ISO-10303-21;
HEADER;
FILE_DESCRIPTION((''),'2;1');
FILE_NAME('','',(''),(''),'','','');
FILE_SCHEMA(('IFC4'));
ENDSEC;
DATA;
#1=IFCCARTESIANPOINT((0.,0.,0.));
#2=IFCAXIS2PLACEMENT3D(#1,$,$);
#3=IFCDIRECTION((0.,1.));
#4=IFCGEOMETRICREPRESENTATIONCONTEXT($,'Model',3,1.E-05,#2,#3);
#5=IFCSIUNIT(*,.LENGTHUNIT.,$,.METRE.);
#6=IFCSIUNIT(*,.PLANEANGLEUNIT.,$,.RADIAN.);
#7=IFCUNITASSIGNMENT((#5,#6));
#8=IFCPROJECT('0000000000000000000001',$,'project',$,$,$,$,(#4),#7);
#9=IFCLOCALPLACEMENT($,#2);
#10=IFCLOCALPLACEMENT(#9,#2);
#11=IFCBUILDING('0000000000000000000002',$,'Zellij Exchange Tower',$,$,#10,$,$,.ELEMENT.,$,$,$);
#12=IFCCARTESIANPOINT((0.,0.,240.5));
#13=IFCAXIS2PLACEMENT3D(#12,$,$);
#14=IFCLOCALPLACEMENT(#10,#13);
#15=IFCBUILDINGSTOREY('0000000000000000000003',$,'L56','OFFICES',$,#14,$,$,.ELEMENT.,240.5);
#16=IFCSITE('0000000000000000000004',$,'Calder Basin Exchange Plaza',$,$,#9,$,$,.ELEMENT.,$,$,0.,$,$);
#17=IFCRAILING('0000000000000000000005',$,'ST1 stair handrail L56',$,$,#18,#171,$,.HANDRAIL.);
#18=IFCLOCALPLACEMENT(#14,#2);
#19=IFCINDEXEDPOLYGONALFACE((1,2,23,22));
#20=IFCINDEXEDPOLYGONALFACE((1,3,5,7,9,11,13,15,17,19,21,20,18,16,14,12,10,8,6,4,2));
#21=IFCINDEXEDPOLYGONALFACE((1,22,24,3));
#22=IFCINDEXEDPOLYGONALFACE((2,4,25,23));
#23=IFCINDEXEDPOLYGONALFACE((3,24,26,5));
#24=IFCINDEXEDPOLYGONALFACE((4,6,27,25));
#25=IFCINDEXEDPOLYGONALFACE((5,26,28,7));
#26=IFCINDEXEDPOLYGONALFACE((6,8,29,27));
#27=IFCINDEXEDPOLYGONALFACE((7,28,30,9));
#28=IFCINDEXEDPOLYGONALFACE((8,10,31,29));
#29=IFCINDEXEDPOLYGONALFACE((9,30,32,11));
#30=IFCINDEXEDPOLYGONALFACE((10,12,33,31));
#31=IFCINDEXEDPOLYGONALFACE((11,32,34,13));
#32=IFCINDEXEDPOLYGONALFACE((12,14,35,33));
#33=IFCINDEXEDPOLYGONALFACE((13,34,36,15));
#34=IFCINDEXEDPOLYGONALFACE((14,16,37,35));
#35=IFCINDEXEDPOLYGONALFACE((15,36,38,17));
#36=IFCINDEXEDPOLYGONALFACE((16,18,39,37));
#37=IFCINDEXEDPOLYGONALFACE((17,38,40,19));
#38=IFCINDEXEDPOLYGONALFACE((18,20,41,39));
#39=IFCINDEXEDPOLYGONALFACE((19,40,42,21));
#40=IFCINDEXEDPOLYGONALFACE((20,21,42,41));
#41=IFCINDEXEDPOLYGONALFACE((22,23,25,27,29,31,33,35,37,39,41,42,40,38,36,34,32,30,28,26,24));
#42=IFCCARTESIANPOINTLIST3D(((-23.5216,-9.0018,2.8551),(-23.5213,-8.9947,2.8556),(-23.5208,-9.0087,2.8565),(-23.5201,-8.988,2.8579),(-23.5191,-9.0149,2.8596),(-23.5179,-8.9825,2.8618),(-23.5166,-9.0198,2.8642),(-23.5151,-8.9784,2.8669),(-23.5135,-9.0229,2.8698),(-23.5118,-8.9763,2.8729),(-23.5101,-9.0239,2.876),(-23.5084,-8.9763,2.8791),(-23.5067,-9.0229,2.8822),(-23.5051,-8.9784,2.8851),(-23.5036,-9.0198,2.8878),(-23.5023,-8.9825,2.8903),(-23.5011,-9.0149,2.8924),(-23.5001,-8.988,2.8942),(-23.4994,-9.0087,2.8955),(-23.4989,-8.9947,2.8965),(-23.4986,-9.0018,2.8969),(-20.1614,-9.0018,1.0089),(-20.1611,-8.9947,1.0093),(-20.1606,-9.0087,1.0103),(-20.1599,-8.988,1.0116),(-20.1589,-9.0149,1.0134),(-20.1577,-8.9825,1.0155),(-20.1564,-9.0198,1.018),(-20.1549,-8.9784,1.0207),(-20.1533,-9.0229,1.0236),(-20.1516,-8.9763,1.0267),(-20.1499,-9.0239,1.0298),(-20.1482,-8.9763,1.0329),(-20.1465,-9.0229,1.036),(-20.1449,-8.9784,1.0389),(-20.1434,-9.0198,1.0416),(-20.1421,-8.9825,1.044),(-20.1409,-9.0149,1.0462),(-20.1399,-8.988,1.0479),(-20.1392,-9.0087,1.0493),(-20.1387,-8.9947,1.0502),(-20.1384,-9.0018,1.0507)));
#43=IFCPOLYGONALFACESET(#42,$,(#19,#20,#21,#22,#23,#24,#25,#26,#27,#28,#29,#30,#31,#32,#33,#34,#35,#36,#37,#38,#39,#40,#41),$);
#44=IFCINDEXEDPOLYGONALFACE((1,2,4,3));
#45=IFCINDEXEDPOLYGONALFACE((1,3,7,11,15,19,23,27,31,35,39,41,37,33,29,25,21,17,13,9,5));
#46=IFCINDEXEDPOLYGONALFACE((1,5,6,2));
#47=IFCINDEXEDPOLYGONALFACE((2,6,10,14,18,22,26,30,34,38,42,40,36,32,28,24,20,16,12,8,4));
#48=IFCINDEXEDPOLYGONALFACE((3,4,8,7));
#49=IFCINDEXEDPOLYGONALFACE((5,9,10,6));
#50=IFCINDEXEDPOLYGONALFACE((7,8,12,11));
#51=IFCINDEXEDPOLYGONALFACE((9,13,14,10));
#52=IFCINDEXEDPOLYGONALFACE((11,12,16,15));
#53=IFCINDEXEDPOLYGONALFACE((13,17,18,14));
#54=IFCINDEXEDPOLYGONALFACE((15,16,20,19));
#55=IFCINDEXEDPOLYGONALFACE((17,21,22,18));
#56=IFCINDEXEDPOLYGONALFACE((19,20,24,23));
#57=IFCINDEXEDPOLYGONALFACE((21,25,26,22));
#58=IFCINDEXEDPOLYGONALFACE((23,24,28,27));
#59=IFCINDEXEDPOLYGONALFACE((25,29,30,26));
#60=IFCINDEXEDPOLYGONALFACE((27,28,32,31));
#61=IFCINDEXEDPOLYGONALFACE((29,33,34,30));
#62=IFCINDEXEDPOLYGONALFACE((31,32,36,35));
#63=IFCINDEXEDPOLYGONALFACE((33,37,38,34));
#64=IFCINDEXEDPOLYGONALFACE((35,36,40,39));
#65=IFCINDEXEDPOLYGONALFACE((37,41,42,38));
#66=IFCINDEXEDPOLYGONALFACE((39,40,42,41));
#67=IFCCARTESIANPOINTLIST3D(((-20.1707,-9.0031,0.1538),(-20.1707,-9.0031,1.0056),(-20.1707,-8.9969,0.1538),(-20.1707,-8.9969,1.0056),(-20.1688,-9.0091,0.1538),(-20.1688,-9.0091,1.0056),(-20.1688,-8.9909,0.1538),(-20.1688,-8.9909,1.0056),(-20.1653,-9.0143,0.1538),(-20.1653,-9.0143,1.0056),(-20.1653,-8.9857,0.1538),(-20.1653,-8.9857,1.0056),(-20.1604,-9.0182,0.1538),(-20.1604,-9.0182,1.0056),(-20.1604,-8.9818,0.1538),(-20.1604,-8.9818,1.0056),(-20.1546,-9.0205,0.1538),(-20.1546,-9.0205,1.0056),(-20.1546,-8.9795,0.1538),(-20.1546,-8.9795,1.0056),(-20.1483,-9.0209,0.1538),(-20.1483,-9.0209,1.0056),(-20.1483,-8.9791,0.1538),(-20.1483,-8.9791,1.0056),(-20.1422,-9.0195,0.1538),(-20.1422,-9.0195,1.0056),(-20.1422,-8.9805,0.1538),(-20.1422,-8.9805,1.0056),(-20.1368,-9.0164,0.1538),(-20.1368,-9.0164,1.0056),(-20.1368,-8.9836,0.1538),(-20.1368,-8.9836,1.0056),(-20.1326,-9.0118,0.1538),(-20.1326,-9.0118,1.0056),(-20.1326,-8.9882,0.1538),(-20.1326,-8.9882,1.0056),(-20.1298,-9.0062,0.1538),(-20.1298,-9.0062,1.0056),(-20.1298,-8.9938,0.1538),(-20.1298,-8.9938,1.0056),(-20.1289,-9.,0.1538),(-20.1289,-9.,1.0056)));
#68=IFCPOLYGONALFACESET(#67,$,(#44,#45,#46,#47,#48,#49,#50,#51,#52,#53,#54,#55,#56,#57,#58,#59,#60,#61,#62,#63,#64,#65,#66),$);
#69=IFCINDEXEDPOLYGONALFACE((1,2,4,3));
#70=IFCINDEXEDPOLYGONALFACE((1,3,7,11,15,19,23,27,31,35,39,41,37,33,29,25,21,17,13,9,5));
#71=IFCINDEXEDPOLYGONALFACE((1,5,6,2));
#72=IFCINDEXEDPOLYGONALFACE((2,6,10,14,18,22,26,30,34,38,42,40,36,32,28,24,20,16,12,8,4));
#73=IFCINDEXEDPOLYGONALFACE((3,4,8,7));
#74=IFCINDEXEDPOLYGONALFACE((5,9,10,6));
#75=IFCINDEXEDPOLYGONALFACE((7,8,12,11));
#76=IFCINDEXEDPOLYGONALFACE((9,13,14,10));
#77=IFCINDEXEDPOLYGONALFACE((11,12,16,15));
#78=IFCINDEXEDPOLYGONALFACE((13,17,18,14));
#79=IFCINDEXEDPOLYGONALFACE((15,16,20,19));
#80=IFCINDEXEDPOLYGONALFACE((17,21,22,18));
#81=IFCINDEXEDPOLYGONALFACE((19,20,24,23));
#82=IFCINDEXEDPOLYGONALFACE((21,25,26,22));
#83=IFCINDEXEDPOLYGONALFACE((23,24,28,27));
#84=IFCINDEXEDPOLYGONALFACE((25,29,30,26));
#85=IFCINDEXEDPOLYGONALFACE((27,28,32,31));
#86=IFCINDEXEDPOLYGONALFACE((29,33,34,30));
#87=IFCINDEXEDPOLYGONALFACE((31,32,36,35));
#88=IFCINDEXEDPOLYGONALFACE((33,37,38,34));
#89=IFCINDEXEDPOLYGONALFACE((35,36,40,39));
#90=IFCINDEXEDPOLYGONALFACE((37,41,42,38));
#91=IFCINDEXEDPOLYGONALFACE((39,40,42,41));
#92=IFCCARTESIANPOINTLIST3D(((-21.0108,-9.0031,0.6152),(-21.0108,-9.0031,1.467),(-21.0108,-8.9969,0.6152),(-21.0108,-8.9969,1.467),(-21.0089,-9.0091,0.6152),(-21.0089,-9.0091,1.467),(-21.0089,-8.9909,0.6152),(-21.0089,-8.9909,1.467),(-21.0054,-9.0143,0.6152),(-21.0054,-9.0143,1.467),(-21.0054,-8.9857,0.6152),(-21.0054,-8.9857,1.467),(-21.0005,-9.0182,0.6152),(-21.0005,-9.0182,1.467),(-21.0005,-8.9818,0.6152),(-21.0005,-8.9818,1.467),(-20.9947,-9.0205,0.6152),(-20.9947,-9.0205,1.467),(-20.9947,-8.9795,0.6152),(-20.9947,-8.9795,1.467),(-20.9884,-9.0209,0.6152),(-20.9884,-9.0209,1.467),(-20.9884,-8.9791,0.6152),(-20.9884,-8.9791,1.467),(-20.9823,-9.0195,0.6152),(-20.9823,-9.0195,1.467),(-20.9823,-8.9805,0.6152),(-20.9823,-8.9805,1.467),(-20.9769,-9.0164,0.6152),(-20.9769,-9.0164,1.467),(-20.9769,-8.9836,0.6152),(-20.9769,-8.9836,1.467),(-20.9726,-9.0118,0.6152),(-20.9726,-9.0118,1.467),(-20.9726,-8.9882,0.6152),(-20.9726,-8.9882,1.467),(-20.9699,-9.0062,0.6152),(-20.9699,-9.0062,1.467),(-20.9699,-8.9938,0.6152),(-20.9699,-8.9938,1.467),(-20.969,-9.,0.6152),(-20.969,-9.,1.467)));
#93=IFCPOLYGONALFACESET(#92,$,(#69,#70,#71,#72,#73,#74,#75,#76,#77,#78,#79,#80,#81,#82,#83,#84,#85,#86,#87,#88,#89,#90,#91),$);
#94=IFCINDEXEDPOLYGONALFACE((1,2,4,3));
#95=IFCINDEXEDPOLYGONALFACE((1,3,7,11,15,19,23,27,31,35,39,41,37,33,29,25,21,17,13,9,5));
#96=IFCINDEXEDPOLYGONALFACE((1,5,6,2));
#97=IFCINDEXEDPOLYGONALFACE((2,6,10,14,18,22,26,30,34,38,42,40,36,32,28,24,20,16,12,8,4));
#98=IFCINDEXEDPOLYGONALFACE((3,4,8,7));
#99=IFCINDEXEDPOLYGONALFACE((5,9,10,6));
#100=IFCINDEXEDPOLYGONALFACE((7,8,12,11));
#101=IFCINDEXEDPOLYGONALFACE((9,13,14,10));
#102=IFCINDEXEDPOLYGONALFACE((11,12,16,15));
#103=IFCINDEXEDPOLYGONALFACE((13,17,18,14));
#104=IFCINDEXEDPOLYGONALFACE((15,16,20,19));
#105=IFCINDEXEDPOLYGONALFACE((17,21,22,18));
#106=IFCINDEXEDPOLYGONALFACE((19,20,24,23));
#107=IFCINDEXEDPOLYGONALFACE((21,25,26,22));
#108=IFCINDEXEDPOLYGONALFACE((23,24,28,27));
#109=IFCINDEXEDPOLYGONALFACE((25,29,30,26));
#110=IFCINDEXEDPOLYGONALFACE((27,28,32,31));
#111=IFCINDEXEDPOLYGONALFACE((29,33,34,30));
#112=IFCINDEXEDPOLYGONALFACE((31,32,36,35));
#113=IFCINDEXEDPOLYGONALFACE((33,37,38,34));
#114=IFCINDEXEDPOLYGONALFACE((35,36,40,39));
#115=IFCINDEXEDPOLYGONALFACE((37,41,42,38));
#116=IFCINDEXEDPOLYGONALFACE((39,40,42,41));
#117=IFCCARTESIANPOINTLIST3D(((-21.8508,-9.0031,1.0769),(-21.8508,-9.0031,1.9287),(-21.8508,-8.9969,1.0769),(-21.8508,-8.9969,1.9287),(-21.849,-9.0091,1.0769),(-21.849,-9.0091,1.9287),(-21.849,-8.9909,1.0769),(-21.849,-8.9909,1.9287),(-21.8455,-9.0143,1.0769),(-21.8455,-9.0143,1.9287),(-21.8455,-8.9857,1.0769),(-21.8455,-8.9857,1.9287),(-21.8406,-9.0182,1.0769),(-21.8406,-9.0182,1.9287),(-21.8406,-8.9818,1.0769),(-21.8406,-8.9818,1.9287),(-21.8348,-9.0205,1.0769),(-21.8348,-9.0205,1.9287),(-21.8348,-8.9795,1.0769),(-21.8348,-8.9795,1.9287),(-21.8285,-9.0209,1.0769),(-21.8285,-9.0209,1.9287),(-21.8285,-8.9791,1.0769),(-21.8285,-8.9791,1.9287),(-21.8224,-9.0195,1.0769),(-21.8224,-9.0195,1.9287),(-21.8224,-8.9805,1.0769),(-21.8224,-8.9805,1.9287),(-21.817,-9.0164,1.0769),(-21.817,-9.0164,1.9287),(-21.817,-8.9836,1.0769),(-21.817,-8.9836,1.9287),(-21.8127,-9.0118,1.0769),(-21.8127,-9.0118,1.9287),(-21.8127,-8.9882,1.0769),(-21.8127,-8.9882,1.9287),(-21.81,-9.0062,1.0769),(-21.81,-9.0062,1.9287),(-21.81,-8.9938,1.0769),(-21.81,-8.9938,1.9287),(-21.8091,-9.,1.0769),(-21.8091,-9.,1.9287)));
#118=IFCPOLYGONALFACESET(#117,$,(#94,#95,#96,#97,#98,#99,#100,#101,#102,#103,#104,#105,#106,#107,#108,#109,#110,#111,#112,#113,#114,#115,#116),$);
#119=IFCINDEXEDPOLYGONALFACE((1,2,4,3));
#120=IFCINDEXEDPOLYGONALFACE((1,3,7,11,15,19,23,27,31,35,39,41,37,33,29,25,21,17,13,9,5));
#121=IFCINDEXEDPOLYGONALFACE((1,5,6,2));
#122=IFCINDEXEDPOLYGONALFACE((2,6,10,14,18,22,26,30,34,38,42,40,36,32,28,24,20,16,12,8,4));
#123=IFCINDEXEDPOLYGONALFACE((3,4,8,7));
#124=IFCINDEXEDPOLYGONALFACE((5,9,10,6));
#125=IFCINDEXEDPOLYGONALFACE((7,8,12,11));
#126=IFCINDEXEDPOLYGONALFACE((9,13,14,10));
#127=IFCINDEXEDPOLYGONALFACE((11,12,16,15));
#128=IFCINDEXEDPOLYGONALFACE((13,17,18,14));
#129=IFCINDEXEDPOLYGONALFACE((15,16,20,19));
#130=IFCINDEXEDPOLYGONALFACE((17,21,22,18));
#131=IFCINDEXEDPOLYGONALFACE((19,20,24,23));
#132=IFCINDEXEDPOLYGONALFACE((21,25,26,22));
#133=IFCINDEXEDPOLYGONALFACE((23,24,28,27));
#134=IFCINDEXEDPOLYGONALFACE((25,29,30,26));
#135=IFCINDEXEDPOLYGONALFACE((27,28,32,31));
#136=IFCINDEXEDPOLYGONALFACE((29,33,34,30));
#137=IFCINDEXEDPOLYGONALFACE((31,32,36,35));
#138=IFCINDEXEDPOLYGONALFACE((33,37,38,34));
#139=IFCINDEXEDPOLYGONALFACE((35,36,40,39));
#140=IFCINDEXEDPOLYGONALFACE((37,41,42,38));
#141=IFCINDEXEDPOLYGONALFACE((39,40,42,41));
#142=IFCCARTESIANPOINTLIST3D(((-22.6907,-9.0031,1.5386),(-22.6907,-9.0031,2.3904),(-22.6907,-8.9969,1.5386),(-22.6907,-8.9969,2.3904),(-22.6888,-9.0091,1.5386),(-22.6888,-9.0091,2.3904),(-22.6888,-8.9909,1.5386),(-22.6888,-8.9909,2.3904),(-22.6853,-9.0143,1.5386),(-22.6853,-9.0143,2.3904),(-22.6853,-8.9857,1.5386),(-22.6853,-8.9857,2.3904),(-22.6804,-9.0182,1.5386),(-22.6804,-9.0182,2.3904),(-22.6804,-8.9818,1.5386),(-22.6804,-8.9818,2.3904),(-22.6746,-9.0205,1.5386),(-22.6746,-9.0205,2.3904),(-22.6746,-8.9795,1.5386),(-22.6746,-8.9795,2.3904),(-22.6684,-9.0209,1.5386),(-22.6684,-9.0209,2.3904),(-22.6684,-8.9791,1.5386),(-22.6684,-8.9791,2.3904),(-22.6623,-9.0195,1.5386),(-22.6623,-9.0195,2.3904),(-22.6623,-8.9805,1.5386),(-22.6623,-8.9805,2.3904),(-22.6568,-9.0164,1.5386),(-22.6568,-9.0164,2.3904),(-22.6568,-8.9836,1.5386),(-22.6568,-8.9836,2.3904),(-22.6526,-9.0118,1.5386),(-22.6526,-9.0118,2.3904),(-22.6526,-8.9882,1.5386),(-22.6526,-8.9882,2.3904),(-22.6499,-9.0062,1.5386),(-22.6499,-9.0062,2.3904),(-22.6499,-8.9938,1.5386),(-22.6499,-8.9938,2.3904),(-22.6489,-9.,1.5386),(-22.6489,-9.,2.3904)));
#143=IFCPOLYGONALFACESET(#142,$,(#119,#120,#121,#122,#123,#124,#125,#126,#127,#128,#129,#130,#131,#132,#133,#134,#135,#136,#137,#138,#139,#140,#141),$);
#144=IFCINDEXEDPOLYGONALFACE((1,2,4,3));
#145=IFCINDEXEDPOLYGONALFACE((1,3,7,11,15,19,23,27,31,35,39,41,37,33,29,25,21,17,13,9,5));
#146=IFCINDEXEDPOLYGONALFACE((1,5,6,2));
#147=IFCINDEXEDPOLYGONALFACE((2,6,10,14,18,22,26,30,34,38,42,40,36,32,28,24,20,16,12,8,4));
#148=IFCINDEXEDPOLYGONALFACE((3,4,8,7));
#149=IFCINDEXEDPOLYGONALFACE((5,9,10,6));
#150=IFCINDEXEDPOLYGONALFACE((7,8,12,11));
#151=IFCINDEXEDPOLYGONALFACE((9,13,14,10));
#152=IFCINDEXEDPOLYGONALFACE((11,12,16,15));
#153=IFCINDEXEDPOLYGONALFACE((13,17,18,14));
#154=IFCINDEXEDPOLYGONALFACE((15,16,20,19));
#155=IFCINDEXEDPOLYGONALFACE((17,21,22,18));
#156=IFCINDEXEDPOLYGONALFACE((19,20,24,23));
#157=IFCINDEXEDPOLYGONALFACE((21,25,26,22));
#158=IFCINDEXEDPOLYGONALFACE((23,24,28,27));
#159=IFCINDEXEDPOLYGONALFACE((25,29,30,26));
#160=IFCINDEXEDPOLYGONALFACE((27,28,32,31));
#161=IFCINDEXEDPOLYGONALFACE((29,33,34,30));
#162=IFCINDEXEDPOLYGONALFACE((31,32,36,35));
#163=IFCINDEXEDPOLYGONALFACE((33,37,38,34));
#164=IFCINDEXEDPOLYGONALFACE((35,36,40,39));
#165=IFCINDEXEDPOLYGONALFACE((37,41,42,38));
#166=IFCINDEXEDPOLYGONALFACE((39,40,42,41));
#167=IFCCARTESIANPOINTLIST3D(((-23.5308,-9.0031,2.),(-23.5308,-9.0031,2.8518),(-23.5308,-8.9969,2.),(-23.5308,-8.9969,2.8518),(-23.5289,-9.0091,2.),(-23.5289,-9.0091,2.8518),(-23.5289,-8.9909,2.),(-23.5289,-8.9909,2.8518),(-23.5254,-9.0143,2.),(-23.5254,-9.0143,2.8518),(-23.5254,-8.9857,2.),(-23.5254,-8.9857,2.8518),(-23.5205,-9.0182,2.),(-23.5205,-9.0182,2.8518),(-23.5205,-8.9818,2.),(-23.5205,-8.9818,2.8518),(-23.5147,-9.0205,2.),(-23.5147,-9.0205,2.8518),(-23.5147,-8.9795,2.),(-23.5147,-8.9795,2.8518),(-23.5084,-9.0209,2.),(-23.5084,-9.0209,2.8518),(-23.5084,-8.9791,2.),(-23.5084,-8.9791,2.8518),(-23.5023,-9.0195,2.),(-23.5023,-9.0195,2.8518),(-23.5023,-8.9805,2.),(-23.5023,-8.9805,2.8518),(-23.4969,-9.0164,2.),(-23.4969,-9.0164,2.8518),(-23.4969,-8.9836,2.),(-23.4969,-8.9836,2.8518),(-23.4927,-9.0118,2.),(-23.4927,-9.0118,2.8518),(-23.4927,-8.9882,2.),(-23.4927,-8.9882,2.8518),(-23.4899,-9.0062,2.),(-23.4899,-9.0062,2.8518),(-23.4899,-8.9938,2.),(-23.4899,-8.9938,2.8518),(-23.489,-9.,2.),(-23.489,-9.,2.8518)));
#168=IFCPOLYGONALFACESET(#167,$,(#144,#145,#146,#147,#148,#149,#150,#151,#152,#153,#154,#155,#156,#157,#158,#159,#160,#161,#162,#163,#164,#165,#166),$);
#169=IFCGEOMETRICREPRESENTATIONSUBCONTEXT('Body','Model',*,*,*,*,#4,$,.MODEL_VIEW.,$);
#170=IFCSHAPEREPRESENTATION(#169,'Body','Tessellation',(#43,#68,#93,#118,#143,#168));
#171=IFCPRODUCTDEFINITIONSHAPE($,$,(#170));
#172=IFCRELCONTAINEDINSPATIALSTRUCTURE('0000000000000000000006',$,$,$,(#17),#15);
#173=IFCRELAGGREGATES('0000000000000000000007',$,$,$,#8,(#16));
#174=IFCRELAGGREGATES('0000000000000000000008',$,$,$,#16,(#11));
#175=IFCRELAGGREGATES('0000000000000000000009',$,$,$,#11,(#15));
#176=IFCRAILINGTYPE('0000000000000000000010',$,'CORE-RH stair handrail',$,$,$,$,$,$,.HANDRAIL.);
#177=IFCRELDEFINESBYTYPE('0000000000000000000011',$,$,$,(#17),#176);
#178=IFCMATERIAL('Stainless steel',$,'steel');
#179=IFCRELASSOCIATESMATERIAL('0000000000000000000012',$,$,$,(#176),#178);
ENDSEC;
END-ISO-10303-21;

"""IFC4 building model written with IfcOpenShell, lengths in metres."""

from ifc_helpers import new_model, si_unit, direction, frame, origin, origin_2d, place, context, subcontext, project, spatial, circle, extrude, material, type_object, element, save


model = new_model("IFC4")

# Units and contexts
model_context = context("Model", 3, precision=1e-05, world=origin(), true_north=direction((0.0, 1.0)))
body_context = subcontext(model_context, "Body", "Model", "MODEL_VIEW")
ifc_project = project(units=[si_unit("LENGTHUNIT", "METRE"), si_unit("PLANEANGLEUNIT", "RADIAN")], contexts=[model_context])

# Site, building, storey
site_placement = place(None, origin())
site = spatial("IfcSite", under=ifc_project, at=site_placement, Name="Calder Basin Exchange Plaza", CompositionType="ELEMENT", RefElevation=0.0)
building_placement = place(site_placement, origin())
building = spatial("IfcBuilding", under=site, at=building_placement, Name="Zellij Exchange Tower", CompositionType="ELEMENT")
storey_placement = place(building_placement, frame((0.0, 0.0, 240.5)))
storey = spatial("IfcBuildingStorey", under=building, at=storey_placement, Name="L56", Description="OFFICES", CompositionType="ELEMENT", Elevation=240.5)

# Railing
ifc_material_1 = material(Name="Stainless steel", Category="steel")
railing_type_1 = type_object("IfcRailingType", Name="CORE-RH stair handrail", PredefinedType="HANDRAIL", material=ifc_material_1)
railing_1_placement = place(storey_placement, frame((-20.1499, -9.0, 0.1538)))
element("IfcRailing", 1, at=railing_1_placement, inside=storey, type_object=railing_type_1, Name="ST1 stair handrail L56", PredefinedType="HANDRAIL", context=body_context, shape_type="SweptSolid", body=[
    extrude(circle(Radius=0.0239, at=origin_2d()), frame((0.0, 0.0, 0.876), z_axis=(-0.876422, 0.0, 0.481545), x_axis=(0.0, -1.0, 0.0)), (0.0, 0.0, 1.0), 3.834),
    extrude(circle(Radius=0.021, at=origin_2d()), origin(), (0.0, 0.0, 1.0), 0.8518),
    extrude(circle(Radius=0.021, at=origin_2d()), frame((-0.8401, 0.0, 0.4614)), (0.0, 0.0, 1.0), 0.8518),
    extrude(circle(Radius=0.021, at=origin_2d()), frame((-1.6802, 0.0, 0.9231)), (0.0, 0.0, 1.0), 0.8518),
    extrude(circle(Radius=0.021, at=origin_2d()), frame((-2.52, 0.0, 1.3848)), (0.0, 0.0, 1.0), 0.8518),
    extrude(circle(Radius=0.021, at=origin_2d()), frame((-3.3601, 0.0, 1.8462)), (0.0, 0.0, 1.0), 0.8518),
])

save(model, "model.ifc")
